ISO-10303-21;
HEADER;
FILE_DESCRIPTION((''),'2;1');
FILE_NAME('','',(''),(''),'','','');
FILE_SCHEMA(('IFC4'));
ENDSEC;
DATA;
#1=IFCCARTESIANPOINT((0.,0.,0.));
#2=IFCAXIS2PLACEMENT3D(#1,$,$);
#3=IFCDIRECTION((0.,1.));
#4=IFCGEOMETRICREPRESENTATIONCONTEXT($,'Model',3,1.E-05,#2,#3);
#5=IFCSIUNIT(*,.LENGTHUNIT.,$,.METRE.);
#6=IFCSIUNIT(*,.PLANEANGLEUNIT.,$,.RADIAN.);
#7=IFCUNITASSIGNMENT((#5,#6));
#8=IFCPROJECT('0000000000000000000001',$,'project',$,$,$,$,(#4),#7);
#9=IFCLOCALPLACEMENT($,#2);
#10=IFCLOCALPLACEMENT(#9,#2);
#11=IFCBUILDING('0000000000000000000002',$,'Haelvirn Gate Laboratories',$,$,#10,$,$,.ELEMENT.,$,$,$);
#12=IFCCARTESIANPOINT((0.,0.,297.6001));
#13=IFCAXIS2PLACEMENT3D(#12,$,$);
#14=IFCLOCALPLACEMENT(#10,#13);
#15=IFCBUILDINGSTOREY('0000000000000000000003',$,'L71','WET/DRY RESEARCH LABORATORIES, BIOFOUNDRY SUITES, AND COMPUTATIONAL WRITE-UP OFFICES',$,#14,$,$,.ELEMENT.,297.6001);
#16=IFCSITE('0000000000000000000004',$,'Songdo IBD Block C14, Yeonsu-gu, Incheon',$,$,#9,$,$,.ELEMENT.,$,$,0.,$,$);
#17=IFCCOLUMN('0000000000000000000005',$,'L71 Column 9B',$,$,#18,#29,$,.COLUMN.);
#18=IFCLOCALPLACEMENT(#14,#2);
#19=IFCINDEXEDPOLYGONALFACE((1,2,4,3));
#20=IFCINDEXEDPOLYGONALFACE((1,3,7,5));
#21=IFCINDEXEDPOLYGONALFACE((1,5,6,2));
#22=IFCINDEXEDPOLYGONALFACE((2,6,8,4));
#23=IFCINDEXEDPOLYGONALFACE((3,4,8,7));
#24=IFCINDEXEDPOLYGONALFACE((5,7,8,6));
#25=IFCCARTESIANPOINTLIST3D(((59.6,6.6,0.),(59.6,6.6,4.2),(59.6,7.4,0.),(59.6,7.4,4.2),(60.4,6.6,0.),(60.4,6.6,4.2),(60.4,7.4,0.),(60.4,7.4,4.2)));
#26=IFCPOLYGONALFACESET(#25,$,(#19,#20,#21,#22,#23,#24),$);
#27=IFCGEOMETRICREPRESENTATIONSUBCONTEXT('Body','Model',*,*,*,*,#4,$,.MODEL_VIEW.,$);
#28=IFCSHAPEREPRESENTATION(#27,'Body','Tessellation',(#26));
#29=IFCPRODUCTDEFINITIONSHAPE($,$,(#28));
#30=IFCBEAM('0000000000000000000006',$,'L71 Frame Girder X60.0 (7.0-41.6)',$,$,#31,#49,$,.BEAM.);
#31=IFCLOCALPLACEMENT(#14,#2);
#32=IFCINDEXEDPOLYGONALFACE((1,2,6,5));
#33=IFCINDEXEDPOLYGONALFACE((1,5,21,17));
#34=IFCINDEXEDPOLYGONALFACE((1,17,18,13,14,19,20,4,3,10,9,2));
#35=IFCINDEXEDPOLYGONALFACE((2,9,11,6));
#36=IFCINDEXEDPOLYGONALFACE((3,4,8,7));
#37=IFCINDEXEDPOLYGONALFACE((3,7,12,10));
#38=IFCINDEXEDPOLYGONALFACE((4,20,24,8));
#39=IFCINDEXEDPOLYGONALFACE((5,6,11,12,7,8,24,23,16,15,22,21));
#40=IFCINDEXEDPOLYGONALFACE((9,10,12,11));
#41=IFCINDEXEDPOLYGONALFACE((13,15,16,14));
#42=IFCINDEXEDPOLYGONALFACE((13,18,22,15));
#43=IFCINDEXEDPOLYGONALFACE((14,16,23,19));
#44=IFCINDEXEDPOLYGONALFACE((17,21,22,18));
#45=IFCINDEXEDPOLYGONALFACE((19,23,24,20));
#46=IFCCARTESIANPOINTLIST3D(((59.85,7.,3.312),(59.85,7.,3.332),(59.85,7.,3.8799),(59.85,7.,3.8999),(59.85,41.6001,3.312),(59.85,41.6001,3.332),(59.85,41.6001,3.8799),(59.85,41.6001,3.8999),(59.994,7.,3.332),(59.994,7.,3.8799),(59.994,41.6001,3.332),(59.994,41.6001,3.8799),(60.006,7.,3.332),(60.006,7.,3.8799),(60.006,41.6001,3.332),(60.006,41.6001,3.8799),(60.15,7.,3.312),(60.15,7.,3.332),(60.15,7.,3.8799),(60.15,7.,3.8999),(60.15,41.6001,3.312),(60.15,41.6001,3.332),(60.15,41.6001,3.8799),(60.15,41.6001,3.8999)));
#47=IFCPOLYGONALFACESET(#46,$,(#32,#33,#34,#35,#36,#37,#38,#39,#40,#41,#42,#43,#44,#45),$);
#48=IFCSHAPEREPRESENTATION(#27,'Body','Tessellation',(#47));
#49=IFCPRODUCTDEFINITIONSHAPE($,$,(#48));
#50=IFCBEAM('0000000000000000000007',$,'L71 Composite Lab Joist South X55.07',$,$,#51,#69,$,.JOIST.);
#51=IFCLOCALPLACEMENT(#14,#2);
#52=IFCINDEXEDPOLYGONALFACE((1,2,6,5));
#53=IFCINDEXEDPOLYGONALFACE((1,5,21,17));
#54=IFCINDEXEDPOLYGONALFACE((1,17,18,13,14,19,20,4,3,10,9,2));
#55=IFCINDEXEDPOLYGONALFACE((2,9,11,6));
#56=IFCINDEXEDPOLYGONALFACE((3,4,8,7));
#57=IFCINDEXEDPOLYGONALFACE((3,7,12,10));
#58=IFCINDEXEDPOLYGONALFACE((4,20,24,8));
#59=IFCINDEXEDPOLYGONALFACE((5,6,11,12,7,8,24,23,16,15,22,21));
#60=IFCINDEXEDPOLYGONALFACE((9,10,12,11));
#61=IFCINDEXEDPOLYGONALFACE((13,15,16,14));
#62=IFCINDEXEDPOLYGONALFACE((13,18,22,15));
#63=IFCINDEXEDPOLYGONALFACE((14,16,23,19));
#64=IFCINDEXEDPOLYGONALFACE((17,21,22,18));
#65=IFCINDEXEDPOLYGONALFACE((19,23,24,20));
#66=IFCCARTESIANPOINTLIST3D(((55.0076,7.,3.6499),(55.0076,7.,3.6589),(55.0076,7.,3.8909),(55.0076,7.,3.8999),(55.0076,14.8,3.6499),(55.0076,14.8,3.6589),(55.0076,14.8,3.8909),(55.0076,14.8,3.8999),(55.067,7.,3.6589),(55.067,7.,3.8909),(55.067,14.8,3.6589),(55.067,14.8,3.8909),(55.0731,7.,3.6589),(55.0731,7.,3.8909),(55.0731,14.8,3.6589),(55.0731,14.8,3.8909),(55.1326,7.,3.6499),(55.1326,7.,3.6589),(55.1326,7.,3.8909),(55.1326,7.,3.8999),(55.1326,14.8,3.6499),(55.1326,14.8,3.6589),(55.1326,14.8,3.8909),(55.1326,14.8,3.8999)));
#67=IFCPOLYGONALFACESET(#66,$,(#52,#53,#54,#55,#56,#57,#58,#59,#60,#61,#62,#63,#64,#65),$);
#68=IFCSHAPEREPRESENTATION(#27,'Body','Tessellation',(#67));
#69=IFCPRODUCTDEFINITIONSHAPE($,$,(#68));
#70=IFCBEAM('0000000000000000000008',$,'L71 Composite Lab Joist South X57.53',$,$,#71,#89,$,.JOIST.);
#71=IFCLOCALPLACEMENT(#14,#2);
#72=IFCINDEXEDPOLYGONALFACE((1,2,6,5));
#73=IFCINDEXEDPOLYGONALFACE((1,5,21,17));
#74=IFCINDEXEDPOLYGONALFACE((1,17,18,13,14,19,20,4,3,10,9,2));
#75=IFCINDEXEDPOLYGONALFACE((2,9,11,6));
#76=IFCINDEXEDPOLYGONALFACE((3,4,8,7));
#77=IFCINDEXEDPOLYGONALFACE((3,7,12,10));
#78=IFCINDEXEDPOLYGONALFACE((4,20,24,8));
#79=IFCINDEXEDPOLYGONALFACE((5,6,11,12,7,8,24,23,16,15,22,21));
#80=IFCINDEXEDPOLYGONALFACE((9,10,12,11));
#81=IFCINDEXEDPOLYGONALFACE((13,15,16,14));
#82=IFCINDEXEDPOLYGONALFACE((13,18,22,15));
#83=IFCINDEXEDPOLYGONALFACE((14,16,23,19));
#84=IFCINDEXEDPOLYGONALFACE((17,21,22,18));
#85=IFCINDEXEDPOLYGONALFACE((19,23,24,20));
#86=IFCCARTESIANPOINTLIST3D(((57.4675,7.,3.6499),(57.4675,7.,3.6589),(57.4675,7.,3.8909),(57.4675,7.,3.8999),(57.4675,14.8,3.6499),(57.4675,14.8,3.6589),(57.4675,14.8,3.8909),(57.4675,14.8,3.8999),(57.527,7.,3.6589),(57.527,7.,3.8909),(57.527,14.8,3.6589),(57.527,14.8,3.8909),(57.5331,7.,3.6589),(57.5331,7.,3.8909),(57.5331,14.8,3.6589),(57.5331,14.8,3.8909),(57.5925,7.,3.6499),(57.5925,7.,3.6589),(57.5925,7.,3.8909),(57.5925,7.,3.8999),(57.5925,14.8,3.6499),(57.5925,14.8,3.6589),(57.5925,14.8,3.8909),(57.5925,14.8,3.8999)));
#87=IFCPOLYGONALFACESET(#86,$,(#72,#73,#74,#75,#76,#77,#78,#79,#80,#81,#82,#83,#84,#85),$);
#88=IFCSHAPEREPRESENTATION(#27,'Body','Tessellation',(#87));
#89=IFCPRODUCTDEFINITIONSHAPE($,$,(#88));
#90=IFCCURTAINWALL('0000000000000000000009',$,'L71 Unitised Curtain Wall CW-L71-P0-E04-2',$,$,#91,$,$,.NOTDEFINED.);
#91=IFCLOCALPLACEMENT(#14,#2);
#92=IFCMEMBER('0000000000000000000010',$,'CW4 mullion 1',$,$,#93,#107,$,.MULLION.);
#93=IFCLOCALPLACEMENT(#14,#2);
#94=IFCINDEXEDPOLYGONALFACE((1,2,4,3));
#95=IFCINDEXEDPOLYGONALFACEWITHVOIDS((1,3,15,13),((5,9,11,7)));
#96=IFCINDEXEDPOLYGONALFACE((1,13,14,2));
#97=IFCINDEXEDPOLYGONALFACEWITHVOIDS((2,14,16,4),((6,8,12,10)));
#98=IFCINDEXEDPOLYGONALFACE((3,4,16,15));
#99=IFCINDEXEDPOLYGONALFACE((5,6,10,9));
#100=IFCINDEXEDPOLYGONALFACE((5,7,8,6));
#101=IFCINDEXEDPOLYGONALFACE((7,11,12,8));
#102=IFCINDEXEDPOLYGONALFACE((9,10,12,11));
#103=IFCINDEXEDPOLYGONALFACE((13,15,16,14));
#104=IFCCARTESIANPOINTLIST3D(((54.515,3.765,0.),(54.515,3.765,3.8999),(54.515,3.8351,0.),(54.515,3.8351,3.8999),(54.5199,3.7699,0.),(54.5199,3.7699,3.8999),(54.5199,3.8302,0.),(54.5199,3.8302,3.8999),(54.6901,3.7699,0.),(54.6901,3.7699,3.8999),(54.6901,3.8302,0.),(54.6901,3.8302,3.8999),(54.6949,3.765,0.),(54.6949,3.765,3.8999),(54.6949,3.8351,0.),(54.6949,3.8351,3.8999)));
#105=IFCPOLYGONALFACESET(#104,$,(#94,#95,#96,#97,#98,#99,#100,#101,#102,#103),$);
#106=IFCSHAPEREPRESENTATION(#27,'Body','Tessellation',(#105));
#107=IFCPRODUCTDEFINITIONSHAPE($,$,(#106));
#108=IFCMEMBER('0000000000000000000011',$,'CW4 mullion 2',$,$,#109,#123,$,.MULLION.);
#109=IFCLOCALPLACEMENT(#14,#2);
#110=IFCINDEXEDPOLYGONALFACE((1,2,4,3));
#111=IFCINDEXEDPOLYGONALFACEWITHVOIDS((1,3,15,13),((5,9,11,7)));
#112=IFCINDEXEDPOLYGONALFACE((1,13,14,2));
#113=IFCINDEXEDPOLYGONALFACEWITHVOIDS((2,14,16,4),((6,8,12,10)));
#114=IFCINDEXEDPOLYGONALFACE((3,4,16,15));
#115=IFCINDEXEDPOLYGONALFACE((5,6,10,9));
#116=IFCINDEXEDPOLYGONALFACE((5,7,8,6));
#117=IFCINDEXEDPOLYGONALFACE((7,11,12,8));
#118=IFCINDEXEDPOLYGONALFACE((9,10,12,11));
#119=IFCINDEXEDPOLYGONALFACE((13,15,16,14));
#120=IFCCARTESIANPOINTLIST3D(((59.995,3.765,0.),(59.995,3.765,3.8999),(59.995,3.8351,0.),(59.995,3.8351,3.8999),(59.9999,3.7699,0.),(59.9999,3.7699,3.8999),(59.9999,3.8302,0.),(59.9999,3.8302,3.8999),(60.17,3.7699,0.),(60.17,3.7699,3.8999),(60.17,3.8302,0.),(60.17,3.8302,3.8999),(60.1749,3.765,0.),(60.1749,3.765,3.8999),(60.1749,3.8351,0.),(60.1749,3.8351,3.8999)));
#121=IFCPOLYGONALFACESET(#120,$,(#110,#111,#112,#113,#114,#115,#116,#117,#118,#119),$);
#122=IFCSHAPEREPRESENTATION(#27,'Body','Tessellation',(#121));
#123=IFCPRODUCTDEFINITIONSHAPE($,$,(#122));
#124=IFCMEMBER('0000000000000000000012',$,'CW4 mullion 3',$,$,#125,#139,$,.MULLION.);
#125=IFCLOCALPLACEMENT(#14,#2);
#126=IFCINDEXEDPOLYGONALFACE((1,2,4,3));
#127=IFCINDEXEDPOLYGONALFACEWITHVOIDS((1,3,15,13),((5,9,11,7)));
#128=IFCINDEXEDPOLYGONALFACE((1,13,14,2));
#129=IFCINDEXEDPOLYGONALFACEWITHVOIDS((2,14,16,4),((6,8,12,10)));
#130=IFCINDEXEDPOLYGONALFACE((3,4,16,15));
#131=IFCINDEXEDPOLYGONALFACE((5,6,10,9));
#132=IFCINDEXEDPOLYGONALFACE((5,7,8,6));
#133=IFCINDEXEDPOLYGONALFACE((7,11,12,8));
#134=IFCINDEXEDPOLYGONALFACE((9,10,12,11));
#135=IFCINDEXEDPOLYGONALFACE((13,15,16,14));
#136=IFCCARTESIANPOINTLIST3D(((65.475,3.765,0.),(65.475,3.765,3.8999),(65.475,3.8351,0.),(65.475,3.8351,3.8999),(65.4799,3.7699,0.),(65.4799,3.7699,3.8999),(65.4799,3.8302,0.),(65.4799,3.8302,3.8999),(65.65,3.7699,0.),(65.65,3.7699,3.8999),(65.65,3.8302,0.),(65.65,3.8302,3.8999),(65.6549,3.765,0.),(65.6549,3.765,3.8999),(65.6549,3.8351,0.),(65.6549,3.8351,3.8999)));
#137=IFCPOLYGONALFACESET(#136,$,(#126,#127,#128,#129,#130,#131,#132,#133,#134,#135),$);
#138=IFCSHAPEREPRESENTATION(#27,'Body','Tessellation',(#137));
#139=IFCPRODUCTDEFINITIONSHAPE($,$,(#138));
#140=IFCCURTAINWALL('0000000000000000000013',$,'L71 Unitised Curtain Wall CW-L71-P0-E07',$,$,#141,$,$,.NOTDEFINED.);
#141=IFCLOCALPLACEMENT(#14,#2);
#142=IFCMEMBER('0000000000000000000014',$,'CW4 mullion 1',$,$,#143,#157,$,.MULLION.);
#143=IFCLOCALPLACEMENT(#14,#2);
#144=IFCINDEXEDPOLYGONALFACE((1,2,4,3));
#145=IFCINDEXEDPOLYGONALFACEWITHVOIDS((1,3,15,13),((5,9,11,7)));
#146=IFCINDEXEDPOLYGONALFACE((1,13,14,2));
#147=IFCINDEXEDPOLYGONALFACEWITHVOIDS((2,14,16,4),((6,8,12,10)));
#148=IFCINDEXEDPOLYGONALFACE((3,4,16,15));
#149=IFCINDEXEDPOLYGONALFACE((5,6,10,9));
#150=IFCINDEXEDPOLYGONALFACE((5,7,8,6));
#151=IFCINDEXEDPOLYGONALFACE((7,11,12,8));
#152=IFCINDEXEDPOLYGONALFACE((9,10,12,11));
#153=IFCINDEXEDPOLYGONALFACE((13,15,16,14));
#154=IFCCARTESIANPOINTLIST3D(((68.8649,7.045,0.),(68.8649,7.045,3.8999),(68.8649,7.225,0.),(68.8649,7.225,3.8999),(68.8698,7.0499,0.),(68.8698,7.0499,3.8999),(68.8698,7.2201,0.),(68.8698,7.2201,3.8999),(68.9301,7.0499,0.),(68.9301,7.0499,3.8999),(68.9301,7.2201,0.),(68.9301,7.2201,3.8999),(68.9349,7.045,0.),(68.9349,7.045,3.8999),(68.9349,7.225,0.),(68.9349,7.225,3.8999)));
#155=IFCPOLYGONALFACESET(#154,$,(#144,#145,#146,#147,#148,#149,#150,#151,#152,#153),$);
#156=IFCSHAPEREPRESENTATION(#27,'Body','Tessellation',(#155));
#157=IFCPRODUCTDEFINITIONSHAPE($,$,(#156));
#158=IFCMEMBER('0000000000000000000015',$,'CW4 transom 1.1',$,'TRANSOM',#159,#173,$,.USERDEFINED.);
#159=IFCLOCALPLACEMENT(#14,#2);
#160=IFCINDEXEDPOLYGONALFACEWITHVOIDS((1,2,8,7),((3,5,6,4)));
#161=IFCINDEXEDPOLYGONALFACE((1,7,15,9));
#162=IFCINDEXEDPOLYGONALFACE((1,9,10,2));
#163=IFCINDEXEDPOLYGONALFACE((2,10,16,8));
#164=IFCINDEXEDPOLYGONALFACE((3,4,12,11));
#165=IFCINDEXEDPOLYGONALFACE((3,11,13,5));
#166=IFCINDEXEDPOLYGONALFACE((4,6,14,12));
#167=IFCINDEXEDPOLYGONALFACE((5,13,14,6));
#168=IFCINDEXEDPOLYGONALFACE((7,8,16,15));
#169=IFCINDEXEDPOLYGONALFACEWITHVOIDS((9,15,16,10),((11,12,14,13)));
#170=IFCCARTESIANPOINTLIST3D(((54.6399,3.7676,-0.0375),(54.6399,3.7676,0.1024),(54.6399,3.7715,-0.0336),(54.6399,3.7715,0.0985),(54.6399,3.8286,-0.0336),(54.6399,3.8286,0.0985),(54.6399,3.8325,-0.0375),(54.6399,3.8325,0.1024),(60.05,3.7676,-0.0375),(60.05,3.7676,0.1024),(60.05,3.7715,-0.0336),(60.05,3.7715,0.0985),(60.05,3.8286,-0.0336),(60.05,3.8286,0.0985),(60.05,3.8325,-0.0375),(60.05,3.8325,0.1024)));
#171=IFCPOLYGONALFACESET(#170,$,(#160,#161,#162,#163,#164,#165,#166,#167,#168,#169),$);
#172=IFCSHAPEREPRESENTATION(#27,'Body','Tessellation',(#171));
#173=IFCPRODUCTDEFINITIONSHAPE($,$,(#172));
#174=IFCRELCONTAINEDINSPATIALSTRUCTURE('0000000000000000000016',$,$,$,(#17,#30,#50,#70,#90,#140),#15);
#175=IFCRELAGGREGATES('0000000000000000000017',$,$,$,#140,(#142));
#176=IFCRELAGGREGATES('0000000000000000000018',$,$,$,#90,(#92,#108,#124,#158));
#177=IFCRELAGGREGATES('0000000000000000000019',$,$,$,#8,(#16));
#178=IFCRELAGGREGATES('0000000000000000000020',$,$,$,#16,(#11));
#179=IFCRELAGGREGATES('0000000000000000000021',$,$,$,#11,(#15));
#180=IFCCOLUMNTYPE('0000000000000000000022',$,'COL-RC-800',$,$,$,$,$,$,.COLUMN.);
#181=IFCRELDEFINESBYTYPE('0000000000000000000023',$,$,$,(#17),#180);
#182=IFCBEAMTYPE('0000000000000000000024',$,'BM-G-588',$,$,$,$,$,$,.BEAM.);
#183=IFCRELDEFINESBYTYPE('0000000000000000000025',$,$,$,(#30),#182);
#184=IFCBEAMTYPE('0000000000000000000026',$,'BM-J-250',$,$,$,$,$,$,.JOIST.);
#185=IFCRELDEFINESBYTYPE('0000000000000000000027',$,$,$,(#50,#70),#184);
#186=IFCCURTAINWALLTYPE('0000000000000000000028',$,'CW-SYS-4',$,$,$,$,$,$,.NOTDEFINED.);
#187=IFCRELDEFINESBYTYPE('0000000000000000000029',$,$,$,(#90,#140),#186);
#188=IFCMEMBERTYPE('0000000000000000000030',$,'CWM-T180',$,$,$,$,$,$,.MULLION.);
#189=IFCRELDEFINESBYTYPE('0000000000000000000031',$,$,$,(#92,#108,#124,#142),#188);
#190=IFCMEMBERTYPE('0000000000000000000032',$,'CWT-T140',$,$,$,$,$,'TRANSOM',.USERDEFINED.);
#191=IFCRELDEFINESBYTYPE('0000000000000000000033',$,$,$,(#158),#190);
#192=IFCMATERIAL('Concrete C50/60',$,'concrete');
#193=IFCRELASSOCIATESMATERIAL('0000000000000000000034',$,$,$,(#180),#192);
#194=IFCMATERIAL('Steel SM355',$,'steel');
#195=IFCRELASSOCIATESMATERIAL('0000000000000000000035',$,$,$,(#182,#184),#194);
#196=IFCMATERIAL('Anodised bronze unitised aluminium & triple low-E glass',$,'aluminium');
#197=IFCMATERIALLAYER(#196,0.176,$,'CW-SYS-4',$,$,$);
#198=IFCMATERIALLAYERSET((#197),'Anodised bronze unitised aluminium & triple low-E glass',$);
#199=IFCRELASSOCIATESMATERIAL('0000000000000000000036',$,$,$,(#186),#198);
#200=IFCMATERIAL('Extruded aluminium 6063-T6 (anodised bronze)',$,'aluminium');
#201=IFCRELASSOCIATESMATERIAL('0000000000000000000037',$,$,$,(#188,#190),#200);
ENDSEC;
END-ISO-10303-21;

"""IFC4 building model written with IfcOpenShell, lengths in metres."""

from ifc_helpers import new_model, si_unit, direction, frame, origin, origin_2d, place, context, subcontext, project, spatial, rectangle, hollow_rectangle, i_section, extrude, source, transform, mapped, material, layer, layer_set, material_profile, profile_set, type_object, type_shapes, element, aggregate, save


model = new_model("IFC4")

# Units and contexts
model_context = context("Model", 3, precision=1e-05, world=origin(), true_north=direction((0.0, 1.0)))
body_context = subcontext(model_context, "Body", "Model", "MODEL_VIEW")
ifc_project = project(units=[si_unit("LENGTHUNIT", "METRE"), si_unit("PLANEANGLEUNIT", "RADIAN")], contexts=[model_context])

# Site, building, storey
site_placement = place(None, origin())
site = spatial("IfcSite", under=ifc_project, at=site_placement, Name="Songdo IBD Block C14, Yeonsu-gu, Incheon", CompositionType="ELEMENT", RefElevation=0.0)
building_placement = place(site_placement, origin())
building = spatial("IfcBuilding", under=site, at=building_placement, Name="Haelvirn Gate Laboratories", CompositionType="ELEMENT")
storey_placement = place(building_placement, frame((0.0, 0.0, 297.6001)))
storey = spatial("IfcBuildingStorey", under=building, at=storey_placement, Name="L71", Description="WET/DRY RESEARCH LABORATORIES, BIOFOUNDRY SUITES, AND COMPUTATIONAL WRITE-UP OFFICES", CompositionType="ELEMENT", Elevation=297.6001)

# Column
ifc_material_1 = material(Name="Concrete C50/60", Category="concrete")
ifc_material_profile_1 = material_profile(ifc_material_1, rectangle(XDim=0.8, YDim=0.8, at=origin_2d()), Name="RC-800x800")
ifc_profile_set_1 = profile_set([ifc_material_profile_1], Name="Concrete C50/60")
column_type = type_object("IfcColumnType", Name="COL-RC-800", PredefinedType="COLUMN", material=ifc_profile_set_1)
shared_shape_1 = source(origin(), body_context, "Body", "SweptSolid", [
    extrude(rectangle(XDim=0.8, YDim=0.8, at=origin_2d()), origin(), (0.0, 0.0, 1.0), 4.2),
])
type_shapes(column_type, [shared_shape_1])
column_placement = place(storey_placement, frame((60.0, 7.0, 0.0), z_axis=(0.0, 0.0, 1.0), x_axis=(1.0, 0.0, 0.0)))
element("IfcColumn", 1, at=column_placement, inside=storey, type_object=column_type, Name="L71 Column 9B", PredefinedType="COLUMN", context=body_context, shape_type="MappedRepresentation", body=[
    mapped(shared_shape_1, transform((0.0, 0.0, 0.0), scale=1.0)),
])

# Beams
ifc_material_2 = material(Name="Steel SM355", Category="steel")
ifc_material_profile_2 = material_profile(ifc_material_2, i_section(OverallWidth=0.3, OverallDepth=0.5879, WebThickness=0.012, FlangeThickness=0.02, at=origin_2d()), Name="H-588x300x12x20")
ifc_profile_set_2 = profile_set([ifc_material_profile_2], Name="Steel SM355")
beam_type_1 = type_object("IfcBeamType", Name="BM-G-588", PredefinedType="BEAM", material=ifc_profile_set_2)
shared_shape_2 = source(origin(), body_context, "Body", "SweptSolid", [
    extrude(i_section(OverallWidth=0.3, OverallDepth=0.5879, WebThickness=0.012, FlangeThickness=0.02, at=origin_2d()), origin(), (0.0, 0.0, 1.0), 34.6001),
])
type_shapes(beam_type_1, [shared_shape_2])
beam_placement = place(storey_placement, frame((60.0, 7.0, 3.606), z_axis=(0.0, 1.0, 0.0), x_axis=(-1.0, 0.0, 0.0)))
element("IfcBeam", 2, at=beam_placement, inside=storey, type_object=beam_type_1, Name="L71 Frame Girder X60.0 (7.0-41.6)", PredefinedType="BEAM", context=body_context, shape_type="MappedRepresentation", body=[
    mapped(shared_shape_2, transform((0.0, 0.0, 0.0), scale=1.0)),
])
ifc_material_profile_3 = material_profile(ifc_material_2, i_section(OverallWidth=0.125, OverallDepth=0.25, WebThickness=0.0061, FlangeThickness=0.009, at=origin_2d()), Name="H-250x125x6x9")
ifc_profile_set_3 = profile_set([ifc_material_profile_3], Name="Steel SM355")
beam_type_2 = type_object("IfcBeamType", Name="BM-J-250", PredefinedType="JOIST", material=ifc_profile_set_3)
shared_shape_3 = source(origin(), body_context, "Body", "SweptSolid", [
    extrude(i_section(OverallWidth=0.125, OverallDepth=0.25, WebThickness=0.0061, FlangeThickness=0.009, at=origin_2d()), origin(), (0.0, 0.0, 1.0), 7.8),
])
type_shapes(beam_type_2, [shared_shape_3])
for number, where, z_axis, x_axis, name in (
    (3, (55.0701, 7.0, 3.7749), (0.0, 1.0, 0.0), (-1.0, 0.0, 0.0), "L71 Composite Lab Joist South X55.07"),
    (4, (57.53, 7.0, 3.7749), (0.0, 1.0, 0.0), (-1.0, 0.0, 0.0), "L71 Composite Lab Joist South X57.53"),
):
    element("IfcBeam", number, at=place(storey_placement, frame(where, z_axis=z_axis, x_axis=x_axis)), inside=storey, type_object=beam_type_2, Name=name, PredefinedType="JOIST", context=body_context, shape_type="MappedRepresentation", body=[
        mapped(shared_shape_3, transform((0.0, 0.0, 0.0), scale=1.0)),
    ])

# Curtain wall, members
ifc_material_3 = material(Name="Anodised bronze unitised aluminium & triple low-E glass", Category="aluminium")
ifc_layer_1 = layer(ifc_material_3, 0.176, Name="CW-SYS-4")
ifc_layer_set_1 = layer_set([ifc_layer_1], Name="Anodised bronze unitised aluminium & triple low-E glass")
curtain_wall_type_1 = type_object("IfcCurtainWallType", Name="CW-SYS-4", PredefinedType="NOTDEFINED", material=ifc_layer_set_1)
curtain_wall_1_placement = place(storey_placement, origin())
curtain_wall_1 = element("IfcCurtainWall", 5, at=curtain_wall_1_placement, inside=storey, type_object=curtain_wall_type_1, Name="L71 Unitised Curtain Wall CW-L71-P0-E04-2", PredefinedType="NOTDEFINED")
ifc_material_4 = material(Name="Extruded aluminium 6063-T6 (anodised bronze)", Category="aluminium")
ifc_material_profile_4 = material_profile(ifc_material_4, hollow_rectangle(XDim=0.0701, YDim=0.1799, WallThickness=0.0049, at=origin_2d()), Name="CWM-180x70x5")
ifc_profile_set_4 = profile_set([ifc_material_profile_4], Name="Extruded aluminium 6063-T6 (anodised bronze)")
member_type_1 = type_object("IfcMemberType", Name="CWM-T180", PredefinedType="MULLION", material=ifc_profile_set_4)
shared_shape_4 = source(origin(), body_context, "Body", "SweptSolid", [
    extrude(hollow_rectangle(XDim=0.0701, YDim=0.1799, WallThickness=0.0049, at=origin_2d()), origin(), (0.0, 0.0, 1.0), 3.8999),
])
type_shapes(member_type_1, [shared_shape_4])
member_1_placement = place(storey_placement, frame((54.605, 3.8, 0.0), z_axis=(0.0, 0.0, 1.0), x_axis=(0.0, 1.0, 0.0)))
member_1 = element("IfcMember", 6, at=member_1_placement, type_object=member_type_1, Name="CW4 mullion 1", PredefinedType="MULLION", context=body_context, shape_type="MappedRepresentation", body=[
    mapped(shared_shape_4, transform((0.0, 0.0, 0.0), scale=1.0)),
])
member_2_placement = place(storey_placement, frame((60.085, 3.8, 0.0), z_axis=(0.0, 0.0, 1.0), x_axis=(0.0, 1.0, 0.0)))
member_2 = element("IfcMember", 7, at=member_2_placement, type_object=member_type_1, Name="CW4 mullion 2", PredefinedType="MULLION", context=body_context, shape_type="MappedRepresentation", body=[
    mapped(shared_shape_4, transform((0.0, 0.0, 0.0), scale=1.0)),
])
member_3_placement = place(storey_placement, frame((65.5649, 3.8, 0.0), z_axis=(0.0, 0.0, 1.0), x_axis=(0.0, 1.0, 0.0)))
member_3 = element("IfcMember", 8, at=member_3_placement, type_object=member_type_1, Name="CW4 mullion 3", PredefinedType="MULLION", context=body_context, shape_type="MappedRepresentation", body=[
    mapped(shared_shape_4, transform((0.0, 0.0, 0.0), scale=1.0)),
])

# Curtain wall, member
curtain_wall_2_placement = place(storey_placement, origin())
curtain_wall_2 = element("IfcCurtainWall", 9, at=curtain_wall_2_placement, inside=storey, type_object=curtain_wall_type_1, Name="L71 Unitised Curtain Wall CW-L71-P0-E07", PredefinedType="NOTDEFINED")
member_4_placement = place(storey_placement, frame((68.8999, 7.135, 0.0), z_axis=(0.0, 0.0, 1.0), x_axis=(-1.0, 0.0, 0.0)))
member_4 = element("IfcMember", 10, at=member_4_placement, type_object=member_type_1, Name="CW4 mullion 1", PredefinedType="MULLION", context=body_context, shape_type="MappedRepresentation", body=[
    mapped(shared_shape_4, transform((0.0, 0.0, 0.0), scale=1.0)),
])

# Member
ifc_material_profile_5 = material_profile(ifc_material_4, hollow_rectangle(XDim=0.0649, YDim=0.1399, WallThickness=0.0039, at=origin_2d()), Name="CWT-140x65x4")
ifc_profile_set_5 = profile_set([ifc_material_profile_5], Name="Extruded aluminium 6063-T6 (anodised bronze)")
member_type_2 = type_object("IfcMemberType", Name="CWT-T140", ElementType="TRANSOM", PredefinedType="USERDEFINED", material=ifc_profile_set_5)
shared_shape_5 = source(origin(), body_context, "Body", "SweptSolid", [
    extrude(hollow_rectangle(XDim=0.0649, YDim=0.1399, WallThickness=0.0039, at=origin_2d()), origin(), (0.0, 0.0, 1.0), 5.4102),
])
member_5_placement = place(storey_placement, frame((54.6399, 3.8, 0.0325), z_axis=(1.0, 0.0, 0.0), x_axis=(0.0, 1.0, 0.0)))
member_5 = element("IfcMember", 11, at=member_5_placement, type_object=member_type_2, Name="CW4 transom 1.1", ObjectType="TRANSOM", PredefinedType="USERDEFINED", context=body_context, shape_type="MappedRepresentation", body=[
    mapped(shared_shape_5, transform((0.0, 0.0, 0.0), scale=1.0)),
])

aggregate(curtain_wall_2, [member_4])

aggregate(curtain_wall_1, [member_1, member_2, member_3, member_5])

save(model, "model.ifc")
